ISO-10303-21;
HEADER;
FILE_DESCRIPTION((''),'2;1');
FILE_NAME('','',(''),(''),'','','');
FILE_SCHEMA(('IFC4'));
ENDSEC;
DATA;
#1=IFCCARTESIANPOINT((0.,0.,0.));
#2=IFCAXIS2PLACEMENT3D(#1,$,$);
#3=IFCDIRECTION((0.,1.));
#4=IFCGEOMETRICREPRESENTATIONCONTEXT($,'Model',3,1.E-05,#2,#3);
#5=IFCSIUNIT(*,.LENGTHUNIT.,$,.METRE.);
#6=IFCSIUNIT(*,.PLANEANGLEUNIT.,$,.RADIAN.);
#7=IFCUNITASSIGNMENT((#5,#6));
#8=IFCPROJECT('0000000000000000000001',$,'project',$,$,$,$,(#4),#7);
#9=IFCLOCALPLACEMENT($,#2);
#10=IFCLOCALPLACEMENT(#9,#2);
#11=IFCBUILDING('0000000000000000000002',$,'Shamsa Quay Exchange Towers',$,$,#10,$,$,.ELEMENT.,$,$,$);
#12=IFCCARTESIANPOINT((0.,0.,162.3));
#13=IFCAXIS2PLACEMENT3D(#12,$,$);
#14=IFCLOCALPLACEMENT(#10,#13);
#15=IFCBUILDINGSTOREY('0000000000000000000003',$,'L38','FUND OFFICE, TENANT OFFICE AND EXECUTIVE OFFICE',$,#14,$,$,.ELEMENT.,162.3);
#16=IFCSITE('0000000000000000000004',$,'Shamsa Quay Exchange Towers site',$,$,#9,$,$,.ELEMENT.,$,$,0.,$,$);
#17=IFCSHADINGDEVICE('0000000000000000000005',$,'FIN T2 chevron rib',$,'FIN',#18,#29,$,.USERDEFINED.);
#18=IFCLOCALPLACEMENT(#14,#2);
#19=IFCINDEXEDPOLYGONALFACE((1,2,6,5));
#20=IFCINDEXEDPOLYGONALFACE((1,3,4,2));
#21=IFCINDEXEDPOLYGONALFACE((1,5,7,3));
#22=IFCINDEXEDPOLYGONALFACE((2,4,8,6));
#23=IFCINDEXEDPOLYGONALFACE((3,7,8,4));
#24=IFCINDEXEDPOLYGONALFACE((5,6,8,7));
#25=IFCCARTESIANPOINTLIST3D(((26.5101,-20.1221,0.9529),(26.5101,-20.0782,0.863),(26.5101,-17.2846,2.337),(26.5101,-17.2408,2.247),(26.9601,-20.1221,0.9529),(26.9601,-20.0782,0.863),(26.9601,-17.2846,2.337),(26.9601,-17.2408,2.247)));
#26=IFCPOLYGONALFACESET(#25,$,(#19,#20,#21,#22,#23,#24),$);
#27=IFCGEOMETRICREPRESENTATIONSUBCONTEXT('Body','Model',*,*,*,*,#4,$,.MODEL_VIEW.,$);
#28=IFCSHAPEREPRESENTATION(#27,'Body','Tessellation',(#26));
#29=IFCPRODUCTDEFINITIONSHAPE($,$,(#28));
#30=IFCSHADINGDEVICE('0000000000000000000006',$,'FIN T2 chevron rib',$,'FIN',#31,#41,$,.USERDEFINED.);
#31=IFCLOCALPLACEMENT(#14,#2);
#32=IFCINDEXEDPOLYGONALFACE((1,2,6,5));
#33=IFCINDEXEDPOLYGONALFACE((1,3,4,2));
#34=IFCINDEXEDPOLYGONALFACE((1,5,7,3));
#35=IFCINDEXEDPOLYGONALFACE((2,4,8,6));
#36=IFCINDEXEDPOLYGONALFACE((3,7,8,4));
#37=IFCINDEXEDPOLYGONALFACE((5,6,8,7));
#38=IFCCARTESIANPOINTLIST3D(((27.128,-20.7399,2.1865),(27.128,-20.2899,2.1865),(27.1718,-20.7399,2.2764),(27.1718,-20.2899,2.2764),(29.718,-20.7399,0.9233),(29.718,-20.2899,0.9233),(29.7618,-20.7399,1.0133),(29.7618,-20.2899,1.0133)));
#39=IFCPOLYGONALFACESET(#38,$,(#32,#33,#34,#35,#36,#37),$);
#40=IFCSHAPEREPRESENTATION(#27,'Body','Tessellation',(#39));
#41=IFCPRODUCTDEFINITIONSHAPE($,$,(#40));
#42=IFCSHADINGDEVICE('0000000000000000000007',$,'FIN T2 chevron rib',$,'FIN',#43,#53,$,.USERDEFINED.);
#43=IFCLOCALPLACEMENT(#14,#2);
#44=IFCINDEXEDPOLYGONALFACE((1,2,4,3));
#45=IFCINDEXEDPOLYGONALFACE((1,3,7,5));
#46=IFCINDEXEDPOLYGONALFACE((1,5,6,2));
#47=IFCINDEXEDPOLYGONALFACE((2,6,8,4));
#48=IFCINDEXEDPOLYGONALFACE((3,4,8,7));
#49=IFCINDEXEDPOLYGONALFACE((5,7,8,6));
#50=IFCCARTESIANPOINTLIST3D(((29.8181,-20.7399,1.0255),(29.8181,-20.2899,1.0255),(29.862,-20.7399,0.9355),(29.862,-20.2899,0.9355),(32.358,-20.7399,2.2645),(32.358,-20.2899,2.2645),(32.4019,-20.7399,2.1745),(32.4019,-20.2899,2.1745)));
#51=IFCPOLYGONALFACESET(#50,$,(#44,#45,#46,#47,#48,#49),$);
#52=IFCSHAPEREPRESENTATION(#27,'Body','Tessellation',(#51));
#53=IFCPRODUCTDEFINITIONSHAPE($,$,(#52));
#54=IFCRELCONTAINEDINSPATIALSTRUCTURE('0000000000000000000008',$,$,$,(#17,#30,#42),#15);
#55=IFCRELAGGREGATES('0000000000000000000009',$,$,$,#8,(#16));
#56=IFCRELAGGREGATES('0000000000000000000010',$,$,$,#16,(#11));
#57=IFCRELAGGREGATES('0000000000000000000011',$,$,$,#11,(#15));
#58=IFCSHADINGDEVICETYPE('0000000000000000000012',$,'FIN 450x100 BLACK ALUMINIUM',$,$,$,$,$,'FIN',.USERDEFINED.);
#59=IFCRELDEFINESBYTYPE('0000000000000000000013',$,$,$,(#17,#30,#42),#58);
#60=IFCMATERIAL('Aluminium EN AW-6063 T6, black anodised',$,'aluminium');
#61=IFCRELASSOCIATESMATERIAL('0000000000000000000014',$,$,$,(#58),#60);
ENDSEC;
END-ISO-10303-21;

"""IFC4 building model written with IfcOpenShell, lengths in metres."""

from ifc_helpers import new_model, si_unit, direction, frame, origin, origin_2d, place, context, subcontext, project, spatial, rectangle, extrude, material, material_profile, profile_set, type_object, element, save


model = new_model("IFC4")

# Units and contexts
model_context = context("Model", 3, precision=1e-05, world=origin(), true_north=direction((0.0, 1.0)))
body_context = subcontext(model_context, "Body", "Model", "MODEL_VIEW")
ifc_project = project(units=[si_unit("LENGTHUNIT", "METRE"), si_unit("PLANEANGLEUNIT", "RADIAN")], contexts=[model_context])

# Site, building, storey
site_placement = place(None, origin())
site = spatial("IfcSite", under=ifc_project, at=site_placement, Name="Shamsa Quay Exchange Towers site", CompositionType="ELEMENT", RefElevation=0.0)
building_placement = place(site_placement, origin())
building = spatial("IfcBuilding", under=site, at=building_placement, Name="Shamsa Quay Exchange Towers", CompositionType="ELEMENT")
storey_placement = place(building_placement, frame((0.0, 0.0, 162.3)))
storey = spatial("IfcBuildingStorey", under=building, at=storey_placement, Name="L38", Description="FUND OFFICE, TENANT OFFICE AND EXECUTIVE OFFICE", CompositionType="ELEMENT", Elevation=162.3)

# Shared definitions
ifc_material_1 = material(Name="Aluminium EN AW-6063 T6, black anodised", Category="aluminium")

# Shading devices
ifc_material_profile_1 = material_profile(ifc_material_1, rectangle(XDim=0.45, YDim=0.1001, at=origin_2d()), Name="FIN450x100")
ifc_profile_set_1 = profile_set([ifc_material_profile_1], Name="Aluminium EN AW-6063 T6, black anodised")
shading_device_type = type_object("IfcShadingDeviceType", Name="FIN 450x100 BLACK ALUMINIUM", ElementType="FIN", PredefinedType="USERDEFINED", material=ifc_profile_set_1)
shading_device_1_placement = place(storey_placement, frame((26.7351, -17.2627, 2.292), z_axis=(0.0, -0.898777, -0.438407), x_axis=(1.0, 0.0, 0.0)))
element("IfcShadingDevice", 1, at=shading_device_1_placement, inside=storey, type_object=shading_device_type, Name="FIN T2 chevron rib", ObjectType="FIN", PredefinedType="USERDEFINED", context=body_context, shape_type="SweptSolid", body=[
    extrude(rectangle(XDim=0.45, YDim=0.1001, at=origin_2d()), origin(), (0.0, 0.0, 1.0), 3.157),
])
shading_device_2_placement = place(storey_placement, frame((27.1499, -20.5149, 2.2314), z_axis=(0.898806, 0.0, -0.438347), x_axis=(0.0, 1.0, 0.0)))
element("IfcShadingDevice", 2, at=shading_device_2_placement, inside=storey, type_object=shading_device_type, Name="FIN T2 chevron rib", ObjectType="FIN", PredefinedType="USERDEFINED", context=body_context, shape_type="SweptSolid", body=[
    extrude(rectangle(XDim=0.45, YDim=0.1001, at=origin_2d()), origin(), (0.0, 0.0, 1.0), 2.8816),
])
shading_device_3_placement = place(storey_placement, frame((29.8401, -20.5149, 0.9805), z_axis=(0.898756, 0.0, 0.438449), x_axis=(0.0, 1.0, 0.0)))
element("IfcShadingDevice", 3, at=shading_device_3_placement, inside=storey, type_object=shading_device_type, Name="FIN T2 chevron rib", ObjectType="FIN", PredefinedType="USERDEFINED", context=body_context, shape_type="SweptSolid", body=[
    extrude(rectangle(XDim=0.45, YDim=0.1001, at=origin_2d()), origin(), (0.0, 0.0, 1.0), 2.8259),
])

save(model, "model.ifc")
